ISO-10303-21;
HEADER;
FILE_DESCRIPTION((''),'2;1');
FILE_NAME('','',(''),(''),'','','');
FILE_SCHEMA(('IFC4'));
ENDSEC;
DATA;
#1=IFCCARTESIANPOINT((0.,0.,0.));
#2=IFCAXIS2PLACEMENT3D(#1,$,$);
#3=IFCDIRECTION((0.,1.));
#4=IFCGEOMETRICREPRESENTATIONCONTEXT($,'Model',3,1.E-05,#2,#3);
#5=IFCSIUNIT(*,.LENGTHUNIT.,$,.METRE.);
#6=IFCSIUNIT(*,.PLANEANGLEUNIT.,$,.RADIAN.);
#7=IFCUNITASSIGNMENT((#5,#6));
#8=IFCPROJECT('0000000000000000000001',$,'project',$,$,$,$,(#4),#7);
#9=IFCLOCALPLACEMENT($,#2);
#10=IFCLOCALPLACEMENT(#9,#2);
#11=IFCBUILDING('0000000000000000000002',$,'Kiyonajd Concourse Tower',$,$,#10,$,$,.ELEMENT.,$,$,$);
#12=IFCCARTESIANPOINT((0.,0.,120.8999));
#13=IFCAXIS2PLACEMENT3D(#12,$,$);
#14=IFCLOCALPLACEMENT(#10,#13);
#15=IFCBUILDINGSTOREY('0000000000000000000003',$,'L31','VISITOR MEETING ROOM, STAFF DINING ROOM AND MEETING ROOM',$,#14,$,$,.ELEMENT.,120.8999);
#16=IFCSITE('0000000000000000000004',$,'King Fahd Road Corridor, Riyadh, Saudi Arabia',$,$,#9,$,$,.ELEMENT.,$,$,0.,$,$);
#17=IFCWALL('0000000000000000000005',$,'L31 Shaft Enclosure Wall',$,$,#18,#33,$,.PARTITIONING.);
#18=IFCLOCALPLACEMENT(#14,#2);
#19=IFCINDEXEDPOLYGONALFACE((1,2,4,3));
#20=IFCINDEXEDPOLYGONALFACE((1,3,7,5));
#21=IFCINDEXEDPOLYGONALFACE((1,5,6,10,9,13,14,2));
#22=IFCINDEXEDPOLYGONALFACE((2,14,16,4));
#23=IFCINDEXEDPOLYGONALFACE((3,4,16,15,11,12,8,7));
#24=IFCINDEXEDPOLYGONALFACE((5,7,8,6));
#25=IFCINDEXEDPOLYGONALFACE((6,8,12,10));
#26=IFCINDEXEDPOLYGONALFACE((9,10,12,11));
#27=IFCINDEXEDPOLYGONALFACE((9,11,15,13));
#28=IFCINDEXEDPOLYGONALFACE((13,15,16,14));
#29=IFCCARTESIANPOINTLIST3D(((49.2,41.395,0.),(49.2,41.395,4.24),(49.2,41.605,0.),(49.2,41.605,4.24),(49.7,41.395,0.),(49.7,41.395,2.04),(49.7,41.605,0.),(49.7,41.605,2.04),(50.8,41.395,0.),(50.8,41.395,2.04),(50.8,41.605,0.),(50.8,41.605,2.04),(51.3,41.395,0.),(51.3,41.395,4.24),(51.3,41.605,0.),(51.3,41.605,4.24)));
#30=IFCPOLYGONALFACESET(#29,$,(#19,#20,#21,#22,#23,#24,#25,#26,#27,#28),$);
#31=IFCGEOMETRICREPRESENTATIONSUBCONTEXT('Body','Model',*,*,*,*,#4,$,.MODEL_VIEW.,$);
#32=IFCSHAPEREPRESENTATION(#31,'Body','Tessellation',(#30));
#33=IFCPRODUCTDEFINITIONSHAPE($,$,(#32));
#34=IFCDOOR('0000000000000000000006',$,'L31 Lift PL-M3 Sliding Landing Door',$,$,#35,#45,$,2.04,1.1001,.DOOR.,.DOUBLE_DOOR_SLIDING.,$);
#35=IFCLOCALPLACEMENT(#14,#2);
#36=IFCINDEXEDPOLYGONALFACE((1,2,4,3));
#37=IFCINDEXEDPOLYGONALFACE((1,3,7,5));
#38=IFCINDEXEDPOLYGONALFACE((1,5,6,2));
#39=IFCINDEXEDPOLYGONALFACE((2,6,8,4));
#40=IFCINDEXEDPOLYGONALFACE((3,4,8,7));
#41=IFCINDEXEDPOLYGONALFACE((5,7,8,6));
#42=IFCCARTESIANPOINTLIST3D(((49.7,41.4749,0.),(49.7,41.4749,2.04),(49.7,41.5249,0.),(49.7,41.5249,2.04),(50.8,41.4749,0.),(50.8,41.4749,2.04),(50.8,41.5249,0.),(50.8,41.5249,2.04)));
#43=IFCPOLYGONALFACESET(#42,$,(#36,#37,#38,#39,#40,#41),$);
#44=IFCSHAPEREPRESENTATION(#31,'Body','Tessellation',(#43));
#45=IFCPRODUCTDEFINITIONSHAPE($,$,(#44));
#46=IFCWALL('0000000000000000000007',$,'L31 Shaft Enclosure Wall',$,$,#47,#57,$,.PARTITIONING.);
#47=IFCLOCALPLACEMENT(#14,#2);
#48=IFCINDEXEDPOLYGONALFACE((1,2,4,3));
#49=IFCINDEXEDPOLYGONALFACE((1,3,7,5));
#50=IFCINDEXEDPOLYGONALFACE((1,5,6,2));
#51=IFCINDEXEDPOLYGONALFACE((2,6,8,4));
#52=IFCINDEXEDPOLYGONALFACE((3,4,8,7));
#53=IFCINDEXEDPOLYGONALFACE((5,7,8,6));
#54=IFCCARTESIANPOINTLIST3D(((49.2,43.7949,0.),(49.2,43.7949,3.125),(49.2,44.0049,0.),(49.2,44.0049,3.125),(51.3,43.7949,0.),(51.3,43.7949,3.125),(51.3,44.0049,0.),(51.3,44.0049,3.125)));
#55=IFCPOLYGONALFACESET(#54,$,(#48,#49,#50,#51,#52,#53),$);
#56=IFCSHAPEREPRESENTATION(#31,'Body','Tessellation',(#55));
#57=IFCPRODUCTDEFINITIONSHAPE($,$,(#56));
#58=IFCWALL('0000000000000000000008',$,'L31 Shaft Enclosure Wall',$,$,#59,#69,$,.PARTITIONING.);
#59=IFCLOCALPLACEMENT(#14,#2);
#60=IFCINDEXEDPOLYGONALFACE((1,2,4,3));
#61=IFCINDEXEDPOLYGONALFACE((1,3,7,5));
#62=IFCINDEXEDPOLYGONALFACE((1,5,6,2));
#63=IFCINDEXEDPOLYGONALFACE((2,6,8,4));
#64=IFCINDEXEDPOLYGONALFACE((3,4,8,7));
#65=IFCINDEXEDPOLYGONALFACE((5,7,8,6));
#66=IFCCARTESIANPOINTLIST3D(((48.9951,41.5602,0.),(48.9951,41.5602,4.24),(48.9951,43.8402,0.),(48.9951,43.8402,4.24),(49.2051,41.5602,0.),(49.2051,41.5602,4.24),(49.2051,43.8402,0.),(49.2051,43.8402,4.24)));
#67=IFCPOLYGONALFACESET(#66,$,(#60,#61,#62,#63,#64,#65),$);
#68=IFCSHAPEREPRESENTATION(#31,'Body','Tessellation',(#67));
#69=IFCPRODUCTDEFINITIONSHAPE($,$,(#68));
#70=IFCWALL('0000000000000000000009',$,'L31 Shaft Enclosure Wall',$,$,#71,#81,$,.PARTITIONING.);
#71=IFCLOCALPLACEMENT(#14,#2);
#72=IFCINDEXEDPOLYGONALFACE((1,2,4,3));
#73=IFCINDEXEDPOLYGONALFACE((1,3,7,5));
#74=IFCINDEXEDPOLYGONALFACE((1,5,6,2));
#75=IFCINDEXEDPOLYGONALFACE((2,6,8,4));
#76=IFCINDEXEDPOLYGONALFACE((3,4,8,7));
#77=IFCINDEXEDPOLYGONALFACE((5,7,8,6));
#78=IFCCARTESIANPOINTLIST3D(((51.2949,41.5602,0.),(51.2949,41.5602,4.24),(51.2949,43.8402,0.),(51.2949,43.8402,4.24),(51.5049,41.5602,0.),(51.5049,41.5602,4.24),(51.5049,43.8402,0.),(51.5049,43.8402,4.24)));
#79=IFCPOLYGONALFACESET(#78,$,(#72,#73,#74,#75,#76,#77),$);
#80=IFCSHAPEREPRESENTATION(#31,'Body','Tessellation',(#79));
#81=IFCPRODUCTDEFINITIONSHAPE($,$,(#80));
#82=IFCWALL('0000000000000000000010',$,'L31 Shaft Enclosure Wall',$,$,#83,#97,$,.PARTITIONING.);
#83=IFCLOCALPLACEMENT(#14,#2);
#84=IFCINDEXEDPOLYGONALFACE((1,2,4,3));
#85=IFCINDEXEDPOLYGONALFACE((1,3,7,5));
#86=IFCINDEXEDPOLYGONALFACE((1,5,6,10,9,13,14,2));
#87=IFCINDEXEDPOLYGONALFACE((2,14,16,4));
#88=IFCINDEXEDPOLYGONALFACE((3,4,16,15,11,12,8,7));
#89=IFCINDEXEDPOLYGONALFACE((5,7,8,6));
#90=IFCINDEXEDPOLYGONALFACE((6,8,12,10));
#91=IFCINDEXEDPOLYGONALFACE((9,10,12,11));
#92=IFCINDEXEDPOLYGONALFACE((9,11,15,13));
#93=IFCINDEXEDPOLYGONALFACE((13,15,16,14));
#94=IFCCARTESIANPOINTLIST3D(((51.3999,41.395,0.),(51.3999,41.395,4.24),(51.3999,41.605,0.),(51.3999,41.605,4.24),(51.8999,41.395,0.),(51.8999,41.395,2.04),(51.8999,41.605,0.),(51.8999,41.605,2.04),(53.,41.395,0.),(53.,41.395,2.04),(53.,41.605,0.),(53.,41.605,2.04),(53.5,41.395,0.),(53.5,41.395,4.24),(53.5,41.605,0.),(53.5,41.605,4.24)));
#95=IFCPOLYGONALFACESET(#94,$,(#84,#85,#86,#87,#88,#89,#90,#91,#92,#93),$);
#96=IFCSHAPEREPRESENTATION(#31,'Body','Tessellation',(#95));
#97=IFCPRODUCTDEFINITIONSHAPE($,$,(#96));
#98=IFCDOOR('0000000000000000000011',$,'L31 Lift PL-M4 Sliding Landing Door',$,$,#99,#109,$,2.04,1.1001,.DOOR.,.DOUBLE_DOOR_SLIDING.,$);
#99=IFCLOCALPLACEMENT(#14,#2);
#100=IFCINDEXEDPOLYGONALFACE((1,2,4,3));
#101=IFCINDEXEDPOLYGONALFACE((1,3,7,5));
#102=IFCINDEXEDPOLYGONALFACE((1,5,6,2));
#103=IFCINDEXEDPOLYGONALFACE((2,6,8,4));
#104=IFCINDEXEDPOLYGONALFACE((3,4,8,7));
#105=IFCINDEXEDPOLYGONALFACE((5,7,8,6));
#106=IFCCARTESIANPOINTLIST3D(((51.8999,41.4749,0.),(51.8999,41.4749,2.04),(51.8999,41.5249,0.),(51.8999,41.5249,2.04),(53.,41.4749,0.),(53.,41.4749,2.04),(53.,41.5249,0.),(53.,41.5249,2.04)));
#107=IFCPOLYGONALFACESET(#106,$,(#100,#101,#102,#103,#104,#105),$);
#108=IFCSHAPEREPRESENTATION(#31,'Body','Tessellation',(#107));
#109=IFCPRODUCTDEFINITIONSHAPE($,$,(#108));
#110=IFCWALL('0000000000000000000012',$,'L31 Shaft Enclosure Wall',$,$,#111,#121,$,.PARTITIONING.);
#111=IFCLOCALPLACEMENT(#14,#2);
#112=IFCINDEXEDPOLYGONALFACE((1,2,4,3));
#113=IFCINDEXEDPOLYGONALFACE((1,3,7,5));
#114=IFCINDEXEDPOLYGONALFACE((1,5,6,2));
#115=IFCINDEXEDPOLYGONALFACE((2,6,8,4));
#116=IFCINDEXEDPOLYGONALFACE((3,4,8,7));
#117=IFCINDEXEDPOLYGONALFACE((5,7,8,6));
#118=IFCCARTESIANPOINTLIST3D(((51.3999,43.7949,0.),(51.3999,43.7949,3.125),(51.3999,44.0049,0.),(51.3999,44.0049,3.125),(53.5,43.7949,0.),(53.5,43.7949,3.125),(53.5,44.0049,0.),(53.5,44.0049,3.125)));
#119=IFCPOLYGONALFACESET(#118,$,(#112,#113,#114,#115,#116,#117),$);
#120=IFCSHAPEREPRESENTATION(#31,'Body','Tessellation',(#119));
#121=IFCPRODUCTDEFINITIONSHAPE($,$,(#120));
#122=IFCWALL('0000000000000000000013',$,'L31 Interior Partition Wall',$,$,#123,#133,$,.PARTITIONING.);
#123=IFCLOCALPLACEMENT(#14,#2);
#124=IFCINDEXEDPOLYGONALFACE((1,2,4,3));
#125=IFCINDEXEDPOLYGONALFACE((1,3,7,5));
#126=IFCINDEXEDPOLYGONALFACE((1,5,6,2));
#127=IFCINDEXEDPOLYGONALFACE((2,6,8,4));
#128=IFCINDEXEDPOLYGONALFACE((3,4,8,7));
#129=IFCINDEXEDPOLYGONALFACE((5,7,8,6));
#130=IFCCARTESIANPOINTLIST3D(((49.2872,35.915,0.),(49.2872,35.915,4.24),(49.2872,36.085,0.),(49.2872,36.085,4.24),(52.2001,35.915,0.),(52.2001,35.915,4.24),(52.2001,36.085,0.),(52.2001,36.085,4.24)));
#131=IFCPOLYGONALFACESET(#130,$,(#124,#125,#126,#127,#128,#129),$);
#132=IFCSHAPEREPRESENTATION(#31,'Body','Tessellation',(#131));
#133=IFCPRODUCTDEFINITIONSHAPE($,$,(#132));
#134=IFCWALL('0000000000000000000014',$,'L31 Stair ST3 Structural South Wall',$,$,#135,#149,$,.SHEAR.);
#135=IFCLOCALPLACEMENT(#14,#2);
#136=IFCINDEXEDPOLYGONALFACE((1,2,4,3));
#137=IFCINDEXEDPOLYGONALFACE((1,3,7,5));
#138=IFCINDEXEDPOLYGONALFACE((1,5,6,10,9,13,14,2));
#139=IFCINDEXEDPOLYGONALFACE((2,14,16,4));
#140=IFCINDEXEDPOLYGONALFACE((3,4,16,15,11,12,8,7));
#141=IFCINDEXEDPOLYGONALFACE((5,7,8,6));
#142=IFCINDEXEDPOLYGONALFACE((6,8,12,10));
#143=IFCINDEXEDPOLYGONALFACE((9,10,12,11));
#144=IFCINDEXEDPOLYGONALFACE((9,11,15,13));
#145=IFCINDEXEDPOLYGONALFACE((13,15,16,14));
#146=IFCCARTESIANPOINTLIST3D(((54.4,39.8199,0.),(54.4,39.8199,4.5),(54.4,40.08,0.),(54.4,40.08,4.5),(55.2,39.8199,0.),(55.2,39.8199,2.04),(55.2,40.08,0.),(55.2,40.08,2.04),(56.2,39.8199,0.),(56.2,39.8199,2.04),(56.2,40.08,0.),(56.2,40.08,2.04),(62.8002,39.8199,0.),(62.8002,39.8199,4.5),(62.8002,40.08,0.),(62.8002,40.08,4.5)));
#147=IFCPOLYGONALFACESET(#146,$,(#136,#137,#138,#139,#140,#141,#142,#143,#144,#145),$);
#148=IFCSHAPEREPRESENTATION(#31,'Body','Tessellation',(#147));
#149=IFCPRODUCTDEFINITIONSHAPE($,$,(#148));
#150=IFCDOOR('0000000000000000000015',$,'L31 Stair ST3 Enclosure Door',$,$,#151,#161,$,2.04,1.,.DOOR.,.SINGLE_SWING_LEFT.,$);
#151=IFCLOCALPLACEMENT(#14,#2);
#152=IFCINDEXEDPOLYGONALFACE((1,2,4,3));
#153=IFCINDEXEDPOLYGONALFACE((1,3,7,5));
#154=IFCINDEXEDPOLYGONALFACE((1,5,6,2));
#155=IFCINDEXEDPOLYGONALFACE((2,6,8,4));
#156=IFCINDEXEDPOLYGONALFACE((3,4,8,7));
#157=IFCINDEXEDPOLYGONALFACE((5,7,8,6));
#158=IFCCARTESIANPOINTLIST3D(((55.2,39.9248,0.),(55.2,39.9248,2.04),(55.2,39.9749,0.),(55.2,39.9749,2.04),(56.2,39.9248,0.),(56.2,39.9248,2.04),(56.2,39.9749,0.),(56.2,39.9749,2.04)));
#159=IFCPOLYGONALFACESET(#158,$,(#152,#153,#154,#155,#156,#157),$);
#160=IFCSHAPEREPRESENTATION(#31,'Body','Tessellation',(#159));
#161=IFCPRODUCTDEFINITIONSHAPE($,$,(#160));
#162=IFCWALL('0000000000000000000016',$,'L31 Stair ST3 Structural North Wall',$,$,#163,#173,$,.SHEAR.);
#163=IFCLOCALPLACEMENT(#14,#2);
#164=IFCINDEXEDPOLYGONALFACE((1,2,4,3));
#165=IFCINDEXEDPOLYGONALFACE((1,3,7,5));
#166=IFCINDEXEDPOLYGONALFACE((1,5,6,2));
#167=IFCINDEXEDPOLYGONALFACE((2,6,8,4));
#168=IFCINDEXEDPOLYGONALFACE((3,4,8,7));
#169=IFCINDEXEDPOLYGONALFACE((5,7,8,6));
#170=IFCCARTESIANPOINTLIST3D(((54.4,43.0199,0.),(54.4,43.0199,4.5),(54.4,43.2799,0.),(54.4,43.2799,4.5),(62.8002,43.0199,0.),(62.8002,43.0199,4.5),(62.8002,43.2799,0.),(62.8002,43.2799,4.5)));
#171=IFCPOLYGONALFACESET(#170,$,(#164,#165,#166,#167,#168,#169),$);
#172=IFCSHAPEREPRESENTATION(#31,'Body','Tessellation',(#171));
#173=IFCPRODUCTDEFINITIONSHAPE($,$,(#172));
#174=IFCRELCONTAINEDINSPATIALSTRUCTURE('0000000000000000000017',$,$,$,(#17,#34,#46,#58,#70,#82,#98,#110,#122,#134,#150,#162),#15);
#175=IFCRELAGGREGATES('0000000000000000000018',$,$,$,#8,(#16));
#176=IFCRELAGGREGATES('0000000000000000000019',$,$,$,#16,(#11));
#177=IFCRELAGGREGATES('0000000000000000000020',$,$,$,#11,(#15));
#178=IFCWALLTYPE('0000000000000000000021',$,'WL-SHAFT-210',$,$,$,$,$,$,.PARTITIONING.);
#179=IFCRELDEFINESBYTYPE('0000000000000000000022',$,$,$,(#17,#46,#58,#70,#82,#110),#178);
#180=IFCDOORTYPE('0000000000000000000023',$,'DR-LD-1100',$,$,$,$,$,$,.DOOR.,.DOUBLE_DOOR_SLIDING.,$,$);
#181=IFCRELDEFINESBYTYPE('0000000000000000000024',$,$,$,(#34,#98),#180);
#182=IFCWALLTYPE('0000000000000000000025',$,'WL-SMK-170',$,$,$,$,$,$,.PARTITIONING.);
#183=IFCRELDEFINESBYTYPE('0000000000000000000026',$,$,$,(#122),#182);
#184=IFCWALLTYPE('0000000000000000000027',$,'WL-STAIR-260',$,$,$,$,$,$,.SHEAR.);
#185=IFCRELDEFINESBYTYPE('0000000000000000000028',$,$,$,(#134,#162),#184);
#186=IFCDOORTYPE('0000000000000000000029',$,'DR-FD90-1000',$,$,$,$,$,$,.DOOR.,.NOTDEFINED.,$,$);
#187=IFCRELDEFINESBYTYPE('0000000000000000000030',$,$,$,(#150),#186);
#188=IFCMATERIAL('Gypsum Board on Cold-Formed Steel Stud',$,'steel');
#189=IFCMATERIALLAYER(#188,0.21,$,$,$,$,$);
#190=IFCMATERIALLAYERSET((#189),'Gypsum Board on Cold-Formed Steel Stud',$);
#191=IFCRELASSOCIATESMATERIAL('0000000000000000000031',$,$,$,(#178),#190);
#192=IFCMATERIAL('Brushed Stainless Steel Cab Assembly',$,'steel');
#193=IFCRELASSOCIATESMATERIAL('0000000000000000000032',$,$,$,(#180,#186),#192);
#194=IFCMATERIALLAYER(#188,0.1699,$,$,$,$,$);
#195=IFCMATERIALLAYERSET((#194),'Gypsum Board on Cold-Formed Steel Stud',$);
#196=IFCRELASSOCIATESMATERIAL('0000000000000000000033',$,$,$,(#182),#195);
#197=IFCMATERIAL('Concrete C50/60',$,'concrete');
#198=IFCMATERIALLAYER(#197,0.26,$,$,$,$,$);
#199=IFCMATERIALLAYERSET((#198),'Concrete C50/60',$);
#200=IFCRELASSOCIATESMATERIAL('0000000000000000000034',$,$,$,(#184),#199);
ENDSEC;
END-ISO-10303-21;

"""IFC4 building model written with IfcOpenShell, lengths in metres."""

from ifc_helpers import new_model, si_unit, direction, frame, frame_2d, origin, place, context, subcontext, project, spatial, rectangle, extrude, material, layer, layer_set, type_object, element, fill, save


model = new_model("IFC4")

# Units and contexts
model_context = context("Model", 3, precision=1e-05, world=origin(), true_north=direction((0.0, 1.0)))
body_context = subcontext(model_context, "Body", "Model", "MODEL_VIEW")
ifc_project = project(units=[si_unit("LENGTHUNIT", "METRE"), si_unit("PLANEANGLEUNIT", "RADIAN")], contexts=[model_context])

# Site, building, storey
site_placement = place(None, origin())
site = spatial("IfcSite", under=ifc_project, at=site_placement, Name="King Fahd Road Corridor, Riyadh, Saudi Arabia", CompositionType="ELEMENT", RefElevation=0.0)
building_placement = place(site_placement, origin())
building = spatial("IfcBuilding", under=site, at=building_placement, Name="Kiyonajd Concourse Tower", CompositionType="ELEMENT")
storey_placement = place(building_placement, frame((0.0, 0.0, 120.8999)))
storey = spatial("IfcBuildingStorey", under=building, at=storey_placement, Name="L31", Description="VISITOR MEETING ROOM, STAFF DINING ROOM AND MEETING ROOM", CompositionType="ELEMENT", Elevation=120.8999)

# Shared definitions
ifc_material_1 = material(Name="Concrete C50/60", Category="concrete")

# Shared definitions
ifc_material_2 = material(Name="Gypsum Board on Cold-Formed Steel Stud", Category="steel")
ifc_layer_1 = layer(ifc_material_2, 0.21)
ifc_layer_set_1 = layer_set([ifc_layer_1], Name="Gypsum Board on Cold-Formed Steel Stud")
wall_type_1 = type_object("IfcWallType", Name="WL-SHAFT-210", PredefinedType="PARTITIONING", material=ifc_layer_set_1)

# Shared definitions
ifc_material_3 = material(Name="Brushed Stainless Steel Cab Assembly", Category="steel")
door_type_1 = type_object("IfcDoorType", Name="DR-LD-1100", OperationType="DOUBLE_DOOR_SLIDING", PredefinedType="DOOR", material=ifc_material_3)

# Wall, opening, door
wall_1_placement = place(storey_placement, frame((49.2, 41.5, 0.0), z_axis=(0.0, 0.0, 1.0), x_axis=(1.0, 0.0, 0.0)))
wall_1 = element("IfcWall", 1, at=wall_1_placement, inside=storey, type_object=wall_type_1, Name="L31 Shaft Enclosure Wall", PredefinedType="PARTITIONING", context=body_context, shape_type="SweptSolid", body=[
    extrude(rectangle(XDim=2.1001, YDim=0.21, at=frame_2d((1.05, 0.0))), origin(), (0.0, 0.0, 1.0), 4.24),
])
opening_1_placement = place(wall_1_placement, frame((0.5, 0.0, 0.0)))
opening_1 = element("IfcOpeningElement", 2, at=opening_1_placement, cuts=wall_1, PredefinedType="OPENING", context=body_context, shape_type="SweptSolid", body=[
    extrude(rectangle(XDim=1.1001, YDim=2.04, at=frame_2d((0.55, 1.02))), frame((0.0, 0.115, 0.0), z_axis=(0.0, -1.0, 0.0), x_axis=(1.0, 0.0, 0.0)), (0.0, 0.0, 1.0), 0.23),
])
door_1_placement = place(opening_1_placement, origin())
door_1 = element("IfcDoor", 3, at=door_1_placement, inside=storey, type_object=door_type_1, Name="L31 Lift PL-M3 Sliding Landing Door", OperationType="DOUBLE_DOOR_SLIDING", OverallHeight=2.04, OverallWidth=1.1001, PredefinedType="DOOR", context=body_context, shape_type="SweptSolid", body=[
    extrude(rectangle(XDim=1.1001, YDim=2.04, at=frame_2d((0.55, 1.02))), frame((0.0, 0.0249, 0.0), z_axis=(0.0, -1.0, 0.0), x_axis=(1.0, 0.0, 0.0)), (0.0, 0.0, 1.0), 0.05),
])
fill(opening_1, door_1)

# Walls
wall_2_placement = place(storey_placement, frame((49.2, 43.8999, 0.0), z_axis=(0.0, 0.0, 1.0), x_axis=(1.0, 0.0, 0.0)))
element("IfcWall", 4, at=wall_2_placement, inside=storey, type_object=wall_type_1, Name="L31 Shaft Enclosure Wall", PredefinedType="PARTITIONING", context=body_context, shape_type="SweptSolid", body=[
    extrude(rectangle(XDim=2.1001, YDim=0.21, at=frame_2d((1.05, 0.0))), origin(), (0.0, 0.0, 1.0), 3.125),
])
for number, where, z_axis, x_axis, name in (
    (5, (49.1001, 41.5601, 0.0), (0.0, 0.0, 1.0), (0.0, 1.0, 0.0), "L31 Shaft Enclosure Wall"),
    (6, (51.3999, 41.5601, 0.0), (0.0, 0.0, 1.0), (0.0, 1.0, 0.0), "L31 Shaft Enclosure Wall"),
):
    element("IfcWall", number, at=place(storey_placement, frame(where, z_axis=z_axis, x_axis=x_axis)), inside=storey, type_object=wall_type_1, Name=name, PredefinedType="PARTITIONING", context=body_context, shape_type="SweptSolid", body=[
        extrude(rectangle(XDim=2.28, YDim=0.21, at=frame_2d((1.1401, 0.0))), origin(), (0.0, 0.0, 1.0), 4.24),
    ])

# Wall, opening, door
wall_3_placement = place(storey_placement, frame((51.3999, 41.5, 0.0), z_axis=(0.0, 0.0, 1.0), x_axis=(1.0, 0.0, 0.0)))
wall_3 = element("IfcWall", 7, at=wall_3_placement, inside=storey, type_object=wall_type_1, Name="L31 Shaft Enclosure Wall", PredefinedType="PARTITIONING", context=body_context, shape_type="SweptSolid", body=[
    extrude(rectangle(XDim=2.1001, YDim=0.21, at=frame_2d((1.05, 0.0))), origin(), (0.0, 0.0, 1.0), 4.24),
])
opening_2_placement = place(wall_3_placement, frame((0.5, 0.0, 0.0)))
opening_2 = element("IfcOpeningElement", 8, at=opening_2_placement, cuts=wall_3, PredefinedType="OPENING", context=body_context, shape_type="SweptSolid", body=[
    extrude(rectangle(XDim=1.1001, YDim=2.04, at=frame_2d((0.55, 1.02))), frame((0.0, 0.115, 0.0), z_axis=(0.0, -1.0, 0.0), x_axis=(1.0, 0.0, 0.0)), (0.0, 0.0, 1.0), 0.23),
])
door_2_placement = place(opening_2_placement, origin())
door_2 = element("IfcDoor", 9, at=door_2_placement, inside=storey, type_object=door_type_1, Name="L31 Lift PL-M4 Sliding Landing Door", OperationType="DOUBLE_DOOR_SLIDING", OverallHeight=2.04, OverallWidth=1.1001, PredefinedType="DOOR", context=body_context, shape_type="SweptSolid", body=[
    extrude(rectangle(XDim=1.1001, YDim=2.04, at=frame_2d((0.55, 1.02))), frame((0.0, 0.0249, 0.0), z_axis=(0.0, -1.0, 0.0), x_axis=(1.0, 0.0, 0.0)), (0.0, 0.0, 1.0), 0.05),
])
fill(opening_2, door_2)

# Walls
wall_4_placement = place(storey_placement, frame((51.3999, 43.8999, 0.0), z_axis=(0.0, 0.0, 1.0), x_axis=(1.0, 0.0, 0.0)))
element("IfcWall", 10, at=wall_4_placement, inside=storey, type_object=wall_type_1, Name="L31 Shaft Enclosure Wall", PredefinedType="PARTITIONING", context=body_context, shape_type="SweptSolid", body=[
    extrude(rectangle(XDim=2.1001, YDim=0.21, at=frame_2d((1.05, 0.0))), origin(), (0.0, 0.0, 1.0), 3.125),
])
ifc_layer_2 = layer(ifc_material_2, 0.1699)
ifc_layer_set_2 = layer_set([ifc_layer_2], Name="Gypsum Board on Cold-Formed Steel Stud")
wall_type_2 = type_object("IfcWallType", Name="WL-SMK-170", PredefinedType="PARTITIONING", material=ifc_layer_set_2)
wall_5_placement = place(storey_placement, frame((49.2871, 36.0, 0.0), z_axis=(0.0, 0.0, 1.0), x_axis=(1.0, 0.0, 0.0)))
element("IfcWall", 11, at=wall_5_placement, inside=storey, type_object=wall_type_2, Name="L31 Interior Partition Wall", PredefinedType="PARTITIONING", context=body_context, shape_type="SweptSolid", body=[
    extrude(rectangle(XDim=2.9128, YDim=0.1699, at=frame_2d((1.4565, 0.0))), origin(), (0.0, 0.0, 1.0), 4.24),
])

# Wall, opening, door
ifc_layer_3 = layer(ifc_material_1, 0.26)
ifc_layer_set_3 = layer_set([ifc_layer_3], Name="Concrete C50/60")
wall_type_3 = type_object("IfcWallType", Name="WL-STAIR-260", PredefinedType="SHEAR", material=ifc_layer_set_3)
wall_6_placement = place(storey_placement, frame((54.3999, 39.95, 0.0), z_axis=(0.0, 0.0, 1.0), x_axis=(1.0, 0.0, 0.0)))
wall_6 = element("IfcWall", 12, at=wall_6_placement, inside=storey, type_object=wall_type_3, Name="L31 Stair ST3 Structural South Wall", PredefinedType="SHEAR", context=body_context, shape_type="SweptSolid", body=[
    extrude(rectangle(XDim=8.4001, YDim=0.26, at=frame_2d((4.2002, 0.0))), origin(), (0.0, 0.0, 1.0), 4.5),
])
opening_3_placement = place(wall_6_placement, frame((0.8, 0.0, 0.0)))
opening_3 = element("IfcOpeningElement", 13, at=opening_3_placement, cuts=wall_6, PredefinedType="OPENING", context=body_context, shape_type="SweptSolid", body=[
    extrude(rectangle(XDim=1.0, YDim=2.04, at=frame_2d((0.5, 1.02))), frame((0.0, 0.1399, 0.0), z_axis=(0.0, -1.0, 0.0), x_axis=(1.0, 0.0, 0.0)), (0.0, 0.0, 1.0), 0.28),
])
door_type_2 = type_object("IfcDoorType", Name="DR-FD90-1000", OperationType="NOTDEFINED", PredefinedType="DOOR", material=ifc_material_3)
door_3_placement = place(opening_3_placement, origin())
door_3 = element("IfcDoor", 14, at=door_3_placement, inside=storey, type_object=door_type_2, Name="L31 Stair ST3 Enclosure Door", OperationType="SINGLE_SWING_LEFT", OverallHeight=2.04, OverallWidth=1.0, PredefinedType="DOOR", context=body_context, shape_type="SweptSolid", body=[
    extrude(rectangle(XDim=1.0, YDim=2.04, at=frame_2d((0.5, 1.02))), frame((0.0, 0.0249, 0.0), z_axis=(0.0, -1.0, 0.0), x_axis=(1.0, 0.0, 0.0)), (0.0, 0.0, 1.0), 0.05),
])
fill(opening_3, door_3)

# Wall
wall_7_placement = place(storey_placement, frame((54.3999, 43.1499, 0.0), z_axis=(0.0, 0.0, 1.0), x_axis=(1.0, 0.0, 0.0)))
element("IfcWall", 15, at=wall_7_placement, inside=storey, type_object=wall_type_3, Name="L31 Stair ST3 Structural North Wall", PredefinedType="SHEAR", context=body_context, shape_type="SweptSolid", body=[
    extrude(rectangle(XDim=8.4001, YDim=0.26, at=frame_2d((4.2002, 0.0))), origin(), (0.0, 0.0, 1.0), 4.5),
])

save(model, "model.ifc")
